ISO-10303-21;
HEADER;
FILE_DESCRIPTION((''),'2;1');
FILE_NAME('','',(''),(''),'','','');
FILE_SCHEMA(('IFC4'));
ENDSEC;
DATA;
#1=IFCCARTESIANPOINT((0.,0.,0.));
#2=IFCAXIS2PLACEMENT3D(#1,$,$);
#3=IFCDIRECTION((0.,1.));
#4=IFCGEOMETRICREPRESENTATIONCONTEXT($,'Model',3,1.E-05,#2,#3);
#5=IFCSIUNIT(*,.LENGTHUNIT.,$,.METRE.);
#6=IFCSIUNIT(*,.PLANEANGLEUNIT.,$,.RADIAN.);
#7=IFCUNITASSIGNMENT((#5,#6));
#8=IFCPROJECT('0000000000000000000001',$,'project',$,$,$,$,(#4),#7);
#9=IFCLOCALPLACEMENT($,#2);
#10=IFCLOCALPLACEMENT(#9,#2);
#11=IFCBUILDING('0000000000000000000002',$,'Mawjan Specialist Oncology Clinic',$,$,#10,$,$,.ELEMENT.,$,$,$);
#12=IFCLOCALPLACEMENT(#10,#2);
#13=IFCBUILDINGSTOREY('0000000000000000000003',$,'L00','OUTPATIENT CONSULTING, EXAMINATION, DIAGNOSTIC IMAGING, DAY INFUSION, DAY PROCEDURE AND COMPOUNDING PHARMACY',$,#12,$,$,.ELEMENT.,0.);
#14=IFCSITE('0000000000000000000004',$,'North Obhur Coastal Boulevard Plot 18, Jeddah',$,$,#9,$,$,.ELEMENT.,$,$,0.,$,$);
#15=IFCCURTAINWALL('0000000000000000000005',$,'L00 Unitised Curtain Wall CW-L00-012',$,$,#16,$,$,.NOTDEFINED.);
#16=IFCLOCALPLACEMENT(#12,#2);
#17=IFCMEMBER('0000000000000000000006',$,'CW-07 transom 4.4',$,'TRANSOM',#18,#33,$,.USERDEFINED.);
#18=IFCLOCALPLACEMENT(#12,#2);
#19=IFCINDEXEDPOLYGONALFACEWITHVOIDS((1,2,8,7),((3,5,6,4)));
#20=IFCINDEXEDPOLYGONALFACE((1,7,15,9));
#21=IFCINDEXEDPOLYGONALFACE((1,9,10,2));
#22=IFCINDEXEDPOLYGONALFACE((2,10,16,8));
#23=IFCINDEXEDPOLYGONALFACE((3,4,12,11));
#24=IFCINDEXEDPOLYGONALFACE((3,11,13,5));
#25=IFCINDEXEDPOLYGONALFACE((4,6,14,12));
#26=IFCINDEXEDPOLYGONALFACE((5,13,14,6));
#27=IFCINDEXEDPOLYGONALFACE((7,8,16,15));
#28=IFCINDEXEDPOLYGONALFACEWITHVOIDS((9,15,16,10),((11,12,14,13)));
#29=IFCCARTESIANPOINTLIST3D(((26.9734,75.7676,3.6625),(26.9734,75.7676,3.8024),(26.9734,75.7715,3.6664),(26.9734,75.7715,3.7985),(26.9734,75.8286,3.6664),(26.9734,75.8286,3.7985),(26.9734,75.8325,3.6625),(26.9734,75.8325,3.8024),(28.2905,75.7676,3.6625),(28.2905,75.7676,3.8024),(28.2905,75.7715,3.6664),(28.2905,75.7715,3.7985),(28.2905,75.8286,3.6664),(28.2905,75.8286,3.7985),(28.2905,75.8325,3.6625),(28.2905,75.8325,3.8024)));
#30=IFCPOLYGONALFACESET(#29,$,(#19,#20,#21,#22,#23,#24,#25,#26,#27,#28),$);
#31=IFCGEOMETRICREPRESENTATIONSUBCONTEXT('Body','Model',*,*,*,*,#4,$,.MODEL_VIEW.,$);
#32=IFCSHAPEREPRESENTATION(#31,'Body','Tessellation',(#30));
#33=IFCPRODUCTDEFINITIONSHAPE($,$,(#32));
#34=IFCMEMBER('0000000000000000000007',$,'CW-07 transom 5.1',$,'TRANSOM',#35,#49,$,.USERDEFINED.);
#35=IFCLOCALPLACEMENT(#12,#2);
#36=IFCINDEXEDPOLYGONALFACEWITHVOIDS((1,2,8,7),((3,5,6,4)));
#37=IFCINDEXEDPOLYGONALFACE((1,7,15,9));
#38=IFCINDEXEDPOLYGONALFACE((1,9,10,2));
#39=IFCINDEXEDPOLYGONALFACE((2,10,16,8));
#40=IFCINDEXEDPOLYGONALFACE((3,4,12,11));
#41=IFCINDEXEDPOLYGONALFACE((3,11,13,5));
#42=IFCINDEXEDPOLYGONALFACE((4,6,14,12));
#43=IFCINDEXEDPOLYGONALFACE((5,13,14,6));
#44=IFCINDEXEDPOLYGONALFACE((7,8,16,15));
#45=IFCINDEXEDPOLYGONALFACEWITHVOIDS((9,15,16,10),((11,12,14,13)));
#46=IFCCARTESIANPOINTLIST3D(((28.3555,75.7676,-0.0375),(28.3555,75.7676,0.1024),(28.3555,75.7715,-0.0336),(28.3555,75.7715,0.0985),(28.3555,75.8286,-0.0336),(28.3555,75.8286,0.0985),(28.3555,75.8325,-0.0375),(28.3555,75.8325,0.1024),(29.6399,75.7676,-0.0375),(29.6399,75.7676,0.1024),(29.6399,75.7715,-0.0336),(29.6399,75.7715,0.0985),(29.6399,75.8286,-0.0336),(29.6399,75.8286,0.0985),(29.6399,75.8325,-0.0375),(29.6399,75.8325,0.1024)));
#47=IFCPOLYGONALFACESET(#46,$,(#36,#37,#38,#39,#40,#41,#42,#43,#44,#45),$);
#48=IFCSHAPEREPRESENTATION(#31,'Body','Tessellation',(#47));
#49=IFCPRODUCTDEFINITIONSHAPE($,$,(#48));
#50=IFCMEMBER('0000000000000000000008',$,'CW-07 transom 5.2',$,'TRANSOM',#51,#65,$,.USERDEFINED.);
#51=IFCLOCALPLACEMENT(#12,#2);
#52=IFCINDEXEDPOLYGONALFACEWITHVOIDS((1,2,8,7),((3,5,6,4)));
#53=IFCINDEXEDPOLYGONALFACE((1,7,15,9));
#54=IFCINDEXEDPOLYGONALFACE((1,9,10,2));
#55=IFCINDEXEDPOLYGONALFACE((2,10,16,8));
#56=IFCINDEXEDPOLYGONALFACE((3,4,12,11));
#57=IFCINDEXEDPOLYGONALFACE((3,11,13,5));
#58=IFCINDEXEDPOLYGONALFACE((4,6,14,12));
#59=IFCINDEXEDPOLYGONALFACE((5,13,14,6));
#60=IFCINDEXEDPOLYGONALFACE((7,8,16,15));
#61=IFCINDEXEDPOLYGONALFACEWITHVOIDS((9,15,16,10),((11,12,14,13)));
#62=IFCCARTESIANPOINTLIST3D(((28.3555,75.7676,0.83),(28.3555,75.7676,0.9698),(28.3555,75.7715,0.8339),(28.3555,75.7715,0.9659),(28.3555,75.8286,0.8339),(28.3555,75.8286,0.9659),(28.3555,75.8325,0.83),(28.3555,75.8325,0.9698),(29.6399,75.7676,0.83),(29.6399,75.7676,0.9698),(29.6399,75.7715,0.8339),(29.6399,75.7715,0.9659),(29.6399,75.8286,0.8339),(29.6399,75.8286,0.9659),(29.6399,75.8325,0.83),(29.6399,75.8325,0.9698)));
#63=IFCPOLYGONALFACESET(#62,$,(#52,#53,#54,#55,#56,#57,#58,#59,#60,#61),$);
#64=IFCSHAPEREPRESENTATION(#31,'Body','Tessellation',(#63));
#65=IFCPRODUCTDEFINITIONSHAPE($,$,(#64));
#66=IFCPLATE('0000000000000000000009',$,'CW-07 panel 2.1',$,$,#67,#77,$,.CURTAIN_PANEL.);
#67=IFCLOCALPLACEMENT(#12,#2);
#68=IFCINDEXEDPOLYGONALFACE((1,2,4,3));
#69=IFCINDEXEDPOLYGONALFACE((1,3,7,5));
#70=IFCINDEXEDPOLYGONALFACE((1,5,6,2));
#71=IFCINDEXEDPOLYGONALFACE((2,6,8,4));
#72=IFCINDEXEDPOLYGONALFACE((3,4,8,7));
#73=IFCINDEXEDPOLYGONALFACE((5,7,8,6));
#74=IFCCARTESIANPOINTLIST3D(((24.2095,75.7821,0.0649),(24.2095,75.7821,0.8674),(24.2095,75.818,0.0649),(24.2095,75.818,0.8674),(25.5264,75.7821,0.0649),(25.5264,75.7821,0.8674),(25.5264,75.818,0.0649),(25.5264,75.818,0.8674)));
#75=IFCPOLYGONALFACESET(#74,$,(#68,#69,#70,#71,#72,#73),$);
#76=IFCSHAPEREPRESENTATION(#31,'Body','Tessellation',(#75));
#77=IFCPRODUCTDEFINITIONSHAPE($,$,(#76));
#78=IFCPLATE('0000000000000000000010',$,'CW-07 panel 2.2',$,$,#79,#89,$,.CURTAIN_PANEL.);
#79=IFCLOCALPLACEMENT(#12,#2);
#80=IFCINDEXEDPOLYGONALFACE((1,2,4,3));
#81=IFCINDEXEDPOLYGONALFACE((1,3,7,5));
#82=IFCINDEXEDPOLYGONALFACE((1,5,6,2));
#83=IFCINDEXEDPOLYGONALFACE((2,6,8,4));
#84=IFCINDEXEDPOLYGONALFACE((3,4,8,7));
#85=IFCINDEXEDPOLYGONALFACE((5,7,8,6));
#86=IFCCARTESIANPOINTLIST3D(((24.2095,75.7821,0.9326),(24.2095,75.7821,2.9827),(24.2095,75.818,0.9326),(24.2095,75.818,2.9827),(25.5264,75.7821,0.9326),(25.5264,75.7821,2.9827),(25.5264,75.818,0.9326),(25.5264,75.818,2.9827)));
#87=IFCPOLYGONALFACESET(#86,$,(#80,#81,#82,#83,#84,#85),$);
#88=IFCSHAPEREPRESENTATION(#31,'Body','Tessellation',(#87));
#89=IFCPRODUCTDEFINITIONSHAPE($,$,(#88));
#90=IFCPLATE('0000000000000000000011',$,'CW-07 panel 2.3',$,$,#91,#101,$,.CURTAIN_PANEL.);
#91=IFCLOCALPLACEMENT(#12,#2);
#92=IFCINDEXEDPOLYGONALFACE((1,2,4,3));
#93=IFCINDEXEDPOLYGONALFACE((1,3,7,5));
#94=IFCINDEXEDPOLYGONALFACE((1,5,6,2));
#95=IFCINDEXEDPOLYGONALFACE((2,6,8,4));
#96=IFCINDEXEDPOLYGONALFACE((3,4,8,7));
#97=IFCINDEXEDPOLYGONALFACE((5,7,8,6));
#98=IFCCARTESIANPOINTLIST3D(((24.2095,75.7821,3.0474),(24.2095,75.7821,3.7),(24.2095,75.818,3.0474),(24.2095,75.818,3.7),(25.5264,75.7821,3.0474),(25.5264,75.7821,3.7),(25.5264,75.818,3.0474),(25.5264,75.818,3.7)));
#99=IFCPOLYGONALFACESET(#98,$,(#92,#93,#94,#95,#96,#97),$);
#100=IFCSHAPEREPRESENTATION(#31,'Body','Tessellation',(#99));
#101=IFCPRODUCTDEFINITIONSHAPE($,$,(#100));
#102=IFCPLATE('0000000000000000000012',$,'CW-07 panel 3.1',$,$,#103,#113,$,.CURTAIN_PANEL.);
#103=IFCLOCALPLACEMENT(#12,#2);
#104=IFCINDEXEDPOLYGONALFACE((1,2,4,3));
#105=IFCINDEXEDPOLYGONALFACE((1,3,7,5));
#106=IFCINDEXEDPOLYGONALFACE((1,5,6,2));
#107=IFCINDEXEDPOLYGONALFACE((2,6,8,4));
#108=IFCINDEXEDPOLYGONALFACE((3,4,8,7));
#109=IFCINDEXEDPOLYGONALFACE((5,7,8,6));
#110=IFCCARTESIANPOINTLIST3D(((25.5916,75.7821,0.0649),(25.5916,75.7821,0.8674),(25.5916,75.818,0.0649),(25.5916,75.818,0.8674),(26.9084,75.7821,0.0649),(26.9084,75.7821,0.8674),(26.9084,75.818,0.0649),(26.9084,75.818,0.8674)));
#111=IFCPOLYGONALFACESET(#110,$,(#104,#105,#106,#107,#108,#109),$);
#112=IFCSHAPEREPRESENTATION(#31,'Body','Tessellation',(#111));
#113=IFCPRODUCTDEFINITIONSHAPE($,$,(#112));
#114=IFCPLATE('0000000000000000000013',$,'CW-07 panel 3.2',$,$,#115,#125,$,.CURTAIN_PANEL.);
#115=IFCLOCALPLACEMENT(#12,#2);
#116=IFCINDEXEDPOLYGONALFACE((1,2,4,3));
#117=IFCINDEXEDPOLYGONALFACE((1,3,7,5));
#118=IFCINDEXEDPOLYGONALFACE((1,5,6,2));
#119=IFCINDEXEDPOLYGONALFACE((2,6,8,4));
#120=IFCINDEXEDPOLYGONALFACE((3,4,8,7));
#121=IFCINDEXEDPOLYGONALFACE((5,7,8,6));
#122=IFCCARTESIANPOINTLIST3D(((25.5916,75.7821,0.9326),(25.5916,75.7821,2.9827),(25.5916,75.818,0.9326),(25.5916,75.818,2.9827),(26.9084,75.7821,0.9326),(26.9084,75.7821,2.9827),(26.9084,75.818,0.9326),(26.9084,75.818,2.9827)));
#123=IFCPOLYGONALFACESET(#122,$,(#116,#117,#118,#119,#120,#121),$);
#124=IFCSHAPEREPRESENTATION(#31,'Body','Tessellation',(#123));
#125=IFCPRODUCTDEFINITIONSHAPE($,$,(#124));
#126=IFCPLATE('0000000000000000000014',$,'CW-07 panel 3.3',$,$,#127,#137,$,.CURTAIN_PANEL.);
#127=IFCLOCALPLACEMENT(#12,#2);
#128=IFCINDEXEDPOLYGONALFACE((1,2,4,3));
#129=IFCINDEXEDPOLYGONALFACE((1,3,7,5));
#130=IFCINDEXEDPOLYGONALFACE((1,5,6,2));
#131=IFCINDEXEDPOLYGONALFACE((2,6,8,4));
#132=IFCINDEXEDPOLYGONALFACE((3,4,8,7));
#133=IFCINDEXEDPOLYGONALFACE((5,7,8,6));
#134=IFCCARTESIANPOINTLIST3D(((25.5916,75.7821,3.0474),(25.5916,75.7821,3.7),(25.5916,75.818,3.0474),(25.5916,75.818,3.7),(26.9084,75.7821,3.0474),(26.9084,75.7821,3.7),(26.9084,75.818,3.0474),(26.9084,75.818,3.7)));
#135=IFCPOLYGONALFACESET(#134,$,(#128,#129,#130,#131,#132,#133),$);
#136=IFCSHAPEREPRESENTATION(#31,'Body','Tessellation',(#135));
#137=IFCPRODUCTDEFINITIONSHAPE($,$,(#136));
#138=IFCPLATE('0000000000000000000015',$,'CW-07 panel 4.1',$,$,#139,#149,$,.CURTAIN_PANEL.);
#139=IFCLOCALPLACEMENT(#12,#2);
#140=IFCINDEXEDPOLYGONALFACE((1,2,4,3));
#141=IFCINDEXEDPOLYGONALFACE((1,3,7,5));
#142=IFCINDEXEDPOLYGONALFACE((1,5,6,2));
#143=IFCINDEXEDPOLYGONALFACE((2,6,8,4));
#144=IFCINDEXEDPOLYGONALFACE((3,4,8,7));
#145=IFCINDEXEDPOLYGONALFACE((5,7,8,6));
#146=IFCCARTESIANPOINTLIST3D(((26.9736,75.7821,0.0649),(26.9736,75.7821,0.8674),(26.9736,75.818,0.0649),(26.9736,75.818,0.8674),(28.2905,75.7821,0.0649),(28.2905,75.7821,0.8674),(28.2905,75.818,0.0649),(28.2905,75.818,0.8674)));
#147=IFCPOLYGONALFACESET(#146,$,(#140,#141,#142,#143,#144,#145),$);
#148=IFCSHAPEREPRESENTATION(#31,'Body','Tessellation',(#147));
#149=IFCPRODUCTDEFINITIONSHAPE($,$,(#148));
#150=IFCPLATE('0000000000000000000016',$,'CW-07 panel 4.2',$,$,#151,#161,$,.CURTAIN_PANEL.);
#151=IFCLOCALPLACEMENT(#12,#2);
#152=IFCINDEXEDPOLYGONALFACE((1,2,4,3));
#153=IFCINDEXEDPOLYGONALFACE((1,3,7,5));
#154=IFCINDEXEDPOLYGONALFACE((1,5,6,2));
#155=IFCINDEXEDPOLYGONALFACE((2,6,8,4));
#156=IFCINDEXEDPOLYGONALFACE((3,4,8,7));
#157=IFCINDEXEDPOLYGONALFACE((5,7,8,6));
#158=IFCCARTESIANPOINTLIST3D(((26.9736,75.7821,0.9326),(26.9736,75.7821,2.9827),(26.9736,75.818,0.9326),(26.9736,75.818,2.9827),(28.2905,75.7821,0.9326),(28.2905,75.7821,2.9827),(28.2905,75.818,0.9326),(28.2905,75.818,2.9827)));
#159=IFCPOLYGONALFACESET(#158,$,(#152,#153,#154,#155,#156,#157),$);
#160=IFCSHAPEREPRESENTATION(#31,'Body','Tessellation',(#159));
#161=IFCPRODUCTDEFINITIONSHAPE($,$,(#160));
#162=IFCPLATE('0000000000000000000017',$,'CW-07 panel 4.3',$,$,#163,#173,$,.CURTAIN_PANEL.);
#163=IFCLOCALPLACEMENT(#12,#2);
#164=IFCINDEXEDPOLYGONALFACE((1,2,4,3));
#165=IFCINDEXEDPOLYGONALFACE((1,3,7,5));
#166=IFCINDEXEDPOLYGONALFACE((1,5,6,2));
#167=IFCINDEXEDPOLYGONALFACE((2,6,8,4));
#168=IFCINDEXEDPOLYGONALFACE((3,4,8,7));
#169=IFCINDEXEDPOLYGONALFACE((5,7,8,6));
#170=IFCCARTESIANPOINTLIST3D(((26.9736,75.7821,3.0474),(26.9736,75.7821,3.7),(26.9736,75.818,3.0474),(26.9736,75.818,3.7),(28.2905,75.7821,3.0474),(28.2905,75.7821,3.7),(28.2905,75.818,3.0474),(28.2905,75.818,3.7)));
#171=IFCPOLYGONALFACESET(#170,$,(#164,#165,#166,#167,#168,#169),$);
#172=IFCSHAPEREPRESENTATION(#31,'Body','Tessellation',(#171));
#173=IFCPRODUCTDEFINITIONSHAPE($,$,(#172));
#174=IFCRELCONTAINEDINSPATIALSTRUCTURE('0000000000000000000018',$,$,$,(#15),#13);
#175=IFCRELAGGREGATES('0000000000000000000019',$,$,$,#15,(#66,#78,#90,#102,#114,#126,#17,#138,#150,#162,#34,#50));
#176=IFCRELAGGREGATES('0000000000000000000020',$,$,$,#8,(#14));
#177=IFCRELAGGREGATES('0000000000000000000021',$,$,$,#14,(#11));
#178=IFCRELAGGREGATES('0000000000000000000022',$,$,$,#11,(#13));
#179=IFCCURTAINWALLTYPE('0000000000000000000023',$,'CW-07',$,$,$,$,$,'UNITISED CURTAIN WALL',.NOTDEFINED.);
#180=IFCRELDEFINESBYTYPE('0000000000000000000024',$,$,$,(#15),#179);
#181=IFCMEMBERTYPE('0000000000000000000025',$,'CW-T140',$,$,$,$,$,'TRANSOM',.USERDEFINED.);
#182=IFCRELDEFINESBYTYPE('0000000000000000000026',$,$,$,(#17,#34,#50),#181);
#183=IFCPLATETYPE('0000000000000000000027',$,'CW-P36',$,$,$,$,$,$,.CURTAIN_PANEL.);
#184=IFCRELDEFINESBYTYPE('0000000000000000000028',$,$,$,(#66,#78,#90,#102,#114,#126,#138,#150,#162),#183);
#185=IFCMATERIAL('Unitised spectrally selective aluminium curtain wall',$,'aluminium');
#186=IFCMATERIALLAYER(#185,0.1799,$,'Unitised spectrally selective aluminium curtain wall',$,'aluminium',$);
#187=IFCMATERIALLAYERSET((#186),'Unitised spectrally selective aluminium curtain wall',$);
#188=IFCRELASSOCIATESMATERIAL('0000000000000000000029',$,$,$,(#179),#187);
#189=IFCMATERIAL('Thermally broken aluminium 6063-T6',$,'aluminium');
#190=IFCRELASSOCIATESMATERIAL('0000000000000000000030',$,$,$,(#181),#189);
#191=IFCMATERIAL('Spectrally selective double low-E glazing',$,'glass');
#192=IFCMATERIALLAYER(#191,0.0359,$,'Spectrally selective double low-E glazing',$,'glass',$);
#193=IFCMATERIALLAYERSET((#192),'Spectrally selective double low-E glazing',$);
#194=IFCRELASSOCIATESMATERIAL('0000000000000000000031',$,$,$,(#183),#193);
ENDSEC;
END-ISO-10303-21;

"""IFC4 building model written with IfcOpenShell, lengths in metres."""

from ifc_helpers import new_model, si_unit, direction, frame, origin, origin_2d, place, context, subcontext, project, spatial, rectangle, hollow_rectangle, extrude, material, layer, layer_set, material_profile, profile_set, type_object, element, aggregate, save


model = new_model("IFC4")

# Units and contexts
model_context = context("Model", 3, precision=1e-05, world=origin(), true_north=direction((0.0, 1.0)))
body_context = subcontext(model_context, "Body", "Model", "MODEL_VIEW")
ifc_project = project(units=[si_unit("LENGTHUNIT", "METRE"), si_unit("PLANEANGLEUNIT", "RADIAN")], contexts=[model_context])

# Site, building, storey
site_placement = place(None, origin())
site = spatial("IfcSite", under=ifc_project, at=site_placement, Name="North Obhur Coastal Boulevard Plot 18, Jeddah", CompositionType="ELEMENT", RefElevation=0.0)
building_placement = place(site_placement, origin())
building = spatial("IfcBuilding", under=site, at=building_placement, Name="Mawjan Specialist Oncology Clinic", CompositionType="ELEMENT")
storey_placement = place(building_placement, origin())
storey = spatial("IfcBuildingStorey", under=building, at=storey_placement, Name="L00", Description="OUTPATIENT CONSULTING, EXAMINATION, DIAGNOSTIC IMAGING, DAY INFUSION, DAY PROCEDURE AND COMPOUNDING PHARMACY", CompositionType="ELEMENT", Elevation=0.0)

# Curtain wall, members, plates
ifc_material_1 = material(Name="Unitised spectrally selective aluminium curtain wall", Category="aluminium")
ifc_layer_1 = layer(ifc_material_1, 0.1799, Name="Unitised spectrally selective aluminium curtain wall", Category="aluminium")
ifc_layer_set_1 = layer_set([ifc_layer_1], Name="Unitised spectrally selective aluminium curtain wall")
curtain_wall_type = type_object("IfcCurtainWallType", Name="CW-07", ElementType="UNITISED CURTAIN WALL", PredefinedType="NOTDEFINED", material=ifc_layer_set_1)
curtain_wall_placement = place(storey_placement, origin())
curtain_wall = element("IfcCurtainWall", 1, at=curtain_wall_placement, inside=storey, type_object=curtain_wall_type, Name="L00 Unitised Curtain Wall CW-L00-012", PredefinedType="NOTDEFINED")
ifc_material_2 = material(Name="Thermally broken aluminium 6063-T6", Category="aluminium")
ifc_material_profile_1 = material_profile(ifc_material_2, hollow_rectangle(XDim=0.0649, YDim=0.1399, WallThickness=0.0039, at=origin_2d()), Name="ALU TRANSOM 140x65x4", Category="aluminium")
ifc_profile_set_1 = profile_set([ifc_material_profile_1], Name="Thermally broken aluminium 6063-T6")
member_type_1 = type_object("IfcMemberType", Name="CW-T140", ElementType="TRANSOM", PredefinedType="USERDEFINED", material=ifc_profile_set_1)
member_1_placement = place(storey_placement, frame((26.9734, 75.8, 3.7324), z_axis=(1.0, 0.0, 0.0), x_axis=(0.0, 1.0, 0.0)))
member_1 = element("IfcMember", 2, at=member_1_placement, type_object=member_type_1, Name="CW-07 transom 4.4", ObjectType="TRANSOM", PredefinedType="USERDEFINED", context=body_context, shape_type="SweptSolid", body=[
    extrude(hollow_rectangle(XDim=0.0649, YDim=0.1399, WallThickness=0.0039, at=origin_2d()), origin(), (0.0, 0.0, 1.0), 1.3171),
])
member_2_placement = place(storey_placement, frame((28.3555, 75.8, 0.0325), z_axis=(1.0, 0.0, 0.0), x_axis=(0.0, 1.0, 0.0)))
member_2 = element("IfcMember", 3, at=member_2_placement, type_object=member_type_1, Name="CW-07 transom 5.1", ObjectType="TRANSOM", PredefinedType="USERDEFINED", context=body_context, shape_type="SweptSolid", body=[
    extrude(hollow_rectangle(XDim=0.0649, YDim=0.1399, WallThickness=0.0039, at=origin_2d()), origin(), (0.0, 0.0, 1.0), 1.2844),
])
member_3_placement = place(storey_placement, frame((28.3555, 75.8, 0.8999), z_axis=(1.0, 0.0, 0.0), x_axis=(0.0, 1.0, 0.0)))
member_3 = element("IfcMember", 4, at=member_3_placement, type_object=member_type_1, Name="CW-07 transom 5.2", ObjectType="TRANSOM", PredefinedType="USERDEFINED", context=body_context, shape_type="SweptSolid", body=[
    extrude(hollow_rectangle(XDim=0.0649, YDim=0.1399, WallThickness=0.0039, at=origin_2d()), origin(), (0.0, 0.0, 1.0), 1.2844),
])
ifc_material_3 = material(Name="Spectrally selective double low-E glazing", Category="glass")
ifc_layer_2 = layer(ifc_material_3, 0.0359, Name="Spectrally selective double low-E glazing", Category="glass")
ifc_layer_set_2 = layer_set([ifc_layer_2], Name="Spectrally selective double low-E glazing")
plate_type = type_object("IfcPlateType", Name="CW-P36", PredefinedType="CURTAIN_PANEL", material=ifc_layer_set_2)
plate_1_placement = place(storey_placement, frame((24.8679, 75.8, 0.0649), z_axis=(0.0, 0.0, 1.0), x_axis=(1.0, 0.0, 0.0)))
plate_1 = element("IfcPlate", 5, at=plate_1_placement, type_object=plate_type, Name="CW-07 panel 2.1", PredefinedType="CURTAIN_PANEL", context=body_context, shape_type="SweptSolid", body=[
    extrude(rectangle(XDim=1.3169, YDim=0.0359, at=origin_2d()), origin(), (0.0, 0.0, 1.0), 0.8025),
])
plate_2_placement = place(storey_placement, frame((24.8679, 75.8, 0.9326), z_axis=(0.0, 0.0, 1.0), x_axis=(1.0, 0.0, 0.0)))
plate_2 = element("IfcPlate", 6, at=plate_2_placement, type_object=plate_type, Name="CW-07 panel 2.2", PredefinedType="CURTAIN_PANEL", context=body_context, shape_type="SweptSolid", body=[
    extrude(rectangle(XDim=1.3169, YDim=0.0359, at=origin_2d()), origin(), (0.0, 0.0, 1.0), 2.05),
])
plate_3_placement = place(storey_placement, frame((24.8679, 75.8, 3.0474), z_axis=(0.0, 0.0, 1.0), x_axis=(1.0, 0.0, 0.0)))
plate_3 = element("IfcPlate", 7, at=plate_3_placement, type_object=plate_type, Name="CW-07 panel 2.3", PredefinedType="CURTAIN_PANEL", context=body_context, shape_type="SweptSolid", body=[
    extrude(rectangle(XDim=1.3169, YDim=0.0359, at=origin_2d()), origin(), (0.0, 0.0, 1.0), 0.6526),
])
plate_4_placement = place(storey_placement, frame((26.25, 75.8, 0.0649), z_axis=(0.0, 0.0, 1.0), x_axis=(1.0, 0.0, 0.0)))
plate_4 = element("IfcPlate", 8, at=plate_4_placement, type_object=plate_type, Name="CW-07 panel 3.1", PredefinedType="CURTAIN_PANEL", context=body_context, shape_type="SweptSolid", body=[
    extrude(rectangle(XDim=1.3169, YDim=0.0359, at=origin_2d()), origin(), (0.0, 0.0, 1.0), 0.8025),
])
plate_5_placement = place(storey_placement, frame((26.25, 75.8, 0.9326), z_axis=(0.0, 0.0, 1.0), x_axis=(1.0, 0.0, 0.0)))
plate_5 = element("IfcPlate", 9, at=plate_5_placement, type_object=plate_type, Name="CW-07 panel 3.2", PredefinedType="CURTAIN_PANEL", context=body_context, shape_type="SweptSolid", body=[
    extrude(rectangle(XDim=1.3169, YDim=0.0359, at=origin_2d()), origin(), (0.0, 0.0, 1.0), 2.05),
])
plate_6_placement = place(storey_placement, frame((26.25, 75.8, 3.0474), z_axis=(0.0, 0.0, 1.0), x_axis=(1.0, 0.0, 0.0)))
plate_6 = element("IfcPlate", 10, at=plate_6_placement, type_object=plate_type, Name="CW-07 panel 3.3", PredefinedType="CURTAIN_PANEL", context=body_context, shape_type="SweptSolid", body=[
    extrude(rectangle(XDim=1.3169, YDim=0.0359, at=origin_2d()), origin(), (0.0, 0.0, 1.0), 0.6526),
])
plate_7_placement = place(storey_placement, frame((27.6321, 75.8, 0.0649), z_axis=(0.0, 0.0, 1.0), x_axis=(1.0, 0.0, 0.0)))
plate_7 = element("IfcPlate", 11, at=plate_7_placement, type_object=plate_type, Name="CW-07 panel 4.1", PredefinedType="CURTAIN_PANEL", context=body_context, shape_type="SweptSolid", body=[
    extrude(rectangle(XDim=1.3169, YDim=0.0359, at=origin_2d()), origin(), (0.0, 0.0, 1.0), 0.8025),
])
plate_8_placement = place(storey_placement, frame((27.6321, 75.8, 0.9326), z_axis=(0.0, 0.0, 1.0), x_axis=(1.0, 0.0, 0.0)))
plate_8 = element("IfcPlate", 12, at=plate_8_placement, type_object=plate_type, Name="CW-07 panel 4.2", PredefinedType="CURTAIN_PANEL", context=body_context, shape_type="SweptSolid", body=[
    extrude(rectangle(XDim=1.3169, YDim=0.0359, at=origin_2d()), origin(), (0.0, 0.0, 1.0), 2.05),
])
plate_9_placement = place(storey_placement, frame((27.6321, 75.8, 3.0474), z_axis=(0.0, 0.0, 1.0), x_axis=(1.0, 0.0, 0.0)))
plate_9 = element("IfcPlate", 13, at=plate_9_placement, type_object=plate_type, Name="CW-07 panel 4.3", PredefinedType="CURTAIN_PANEL", context=body_context, shape_type="SweptSolid", body=[
    extrude(rectangle(XDim=1.3169, YDim=0.0359, at=origin_2d()), origin(), (0.0, 0.0, 1.0), 0.6526),
])
aggregate(curtain_wall, [plate_1, plate_2, plate_3, plate_4, plate_5, plate_6, member_1, plate_7, plate_8, plate_9, member_2, member_3])

save(model, "model.ifc")
